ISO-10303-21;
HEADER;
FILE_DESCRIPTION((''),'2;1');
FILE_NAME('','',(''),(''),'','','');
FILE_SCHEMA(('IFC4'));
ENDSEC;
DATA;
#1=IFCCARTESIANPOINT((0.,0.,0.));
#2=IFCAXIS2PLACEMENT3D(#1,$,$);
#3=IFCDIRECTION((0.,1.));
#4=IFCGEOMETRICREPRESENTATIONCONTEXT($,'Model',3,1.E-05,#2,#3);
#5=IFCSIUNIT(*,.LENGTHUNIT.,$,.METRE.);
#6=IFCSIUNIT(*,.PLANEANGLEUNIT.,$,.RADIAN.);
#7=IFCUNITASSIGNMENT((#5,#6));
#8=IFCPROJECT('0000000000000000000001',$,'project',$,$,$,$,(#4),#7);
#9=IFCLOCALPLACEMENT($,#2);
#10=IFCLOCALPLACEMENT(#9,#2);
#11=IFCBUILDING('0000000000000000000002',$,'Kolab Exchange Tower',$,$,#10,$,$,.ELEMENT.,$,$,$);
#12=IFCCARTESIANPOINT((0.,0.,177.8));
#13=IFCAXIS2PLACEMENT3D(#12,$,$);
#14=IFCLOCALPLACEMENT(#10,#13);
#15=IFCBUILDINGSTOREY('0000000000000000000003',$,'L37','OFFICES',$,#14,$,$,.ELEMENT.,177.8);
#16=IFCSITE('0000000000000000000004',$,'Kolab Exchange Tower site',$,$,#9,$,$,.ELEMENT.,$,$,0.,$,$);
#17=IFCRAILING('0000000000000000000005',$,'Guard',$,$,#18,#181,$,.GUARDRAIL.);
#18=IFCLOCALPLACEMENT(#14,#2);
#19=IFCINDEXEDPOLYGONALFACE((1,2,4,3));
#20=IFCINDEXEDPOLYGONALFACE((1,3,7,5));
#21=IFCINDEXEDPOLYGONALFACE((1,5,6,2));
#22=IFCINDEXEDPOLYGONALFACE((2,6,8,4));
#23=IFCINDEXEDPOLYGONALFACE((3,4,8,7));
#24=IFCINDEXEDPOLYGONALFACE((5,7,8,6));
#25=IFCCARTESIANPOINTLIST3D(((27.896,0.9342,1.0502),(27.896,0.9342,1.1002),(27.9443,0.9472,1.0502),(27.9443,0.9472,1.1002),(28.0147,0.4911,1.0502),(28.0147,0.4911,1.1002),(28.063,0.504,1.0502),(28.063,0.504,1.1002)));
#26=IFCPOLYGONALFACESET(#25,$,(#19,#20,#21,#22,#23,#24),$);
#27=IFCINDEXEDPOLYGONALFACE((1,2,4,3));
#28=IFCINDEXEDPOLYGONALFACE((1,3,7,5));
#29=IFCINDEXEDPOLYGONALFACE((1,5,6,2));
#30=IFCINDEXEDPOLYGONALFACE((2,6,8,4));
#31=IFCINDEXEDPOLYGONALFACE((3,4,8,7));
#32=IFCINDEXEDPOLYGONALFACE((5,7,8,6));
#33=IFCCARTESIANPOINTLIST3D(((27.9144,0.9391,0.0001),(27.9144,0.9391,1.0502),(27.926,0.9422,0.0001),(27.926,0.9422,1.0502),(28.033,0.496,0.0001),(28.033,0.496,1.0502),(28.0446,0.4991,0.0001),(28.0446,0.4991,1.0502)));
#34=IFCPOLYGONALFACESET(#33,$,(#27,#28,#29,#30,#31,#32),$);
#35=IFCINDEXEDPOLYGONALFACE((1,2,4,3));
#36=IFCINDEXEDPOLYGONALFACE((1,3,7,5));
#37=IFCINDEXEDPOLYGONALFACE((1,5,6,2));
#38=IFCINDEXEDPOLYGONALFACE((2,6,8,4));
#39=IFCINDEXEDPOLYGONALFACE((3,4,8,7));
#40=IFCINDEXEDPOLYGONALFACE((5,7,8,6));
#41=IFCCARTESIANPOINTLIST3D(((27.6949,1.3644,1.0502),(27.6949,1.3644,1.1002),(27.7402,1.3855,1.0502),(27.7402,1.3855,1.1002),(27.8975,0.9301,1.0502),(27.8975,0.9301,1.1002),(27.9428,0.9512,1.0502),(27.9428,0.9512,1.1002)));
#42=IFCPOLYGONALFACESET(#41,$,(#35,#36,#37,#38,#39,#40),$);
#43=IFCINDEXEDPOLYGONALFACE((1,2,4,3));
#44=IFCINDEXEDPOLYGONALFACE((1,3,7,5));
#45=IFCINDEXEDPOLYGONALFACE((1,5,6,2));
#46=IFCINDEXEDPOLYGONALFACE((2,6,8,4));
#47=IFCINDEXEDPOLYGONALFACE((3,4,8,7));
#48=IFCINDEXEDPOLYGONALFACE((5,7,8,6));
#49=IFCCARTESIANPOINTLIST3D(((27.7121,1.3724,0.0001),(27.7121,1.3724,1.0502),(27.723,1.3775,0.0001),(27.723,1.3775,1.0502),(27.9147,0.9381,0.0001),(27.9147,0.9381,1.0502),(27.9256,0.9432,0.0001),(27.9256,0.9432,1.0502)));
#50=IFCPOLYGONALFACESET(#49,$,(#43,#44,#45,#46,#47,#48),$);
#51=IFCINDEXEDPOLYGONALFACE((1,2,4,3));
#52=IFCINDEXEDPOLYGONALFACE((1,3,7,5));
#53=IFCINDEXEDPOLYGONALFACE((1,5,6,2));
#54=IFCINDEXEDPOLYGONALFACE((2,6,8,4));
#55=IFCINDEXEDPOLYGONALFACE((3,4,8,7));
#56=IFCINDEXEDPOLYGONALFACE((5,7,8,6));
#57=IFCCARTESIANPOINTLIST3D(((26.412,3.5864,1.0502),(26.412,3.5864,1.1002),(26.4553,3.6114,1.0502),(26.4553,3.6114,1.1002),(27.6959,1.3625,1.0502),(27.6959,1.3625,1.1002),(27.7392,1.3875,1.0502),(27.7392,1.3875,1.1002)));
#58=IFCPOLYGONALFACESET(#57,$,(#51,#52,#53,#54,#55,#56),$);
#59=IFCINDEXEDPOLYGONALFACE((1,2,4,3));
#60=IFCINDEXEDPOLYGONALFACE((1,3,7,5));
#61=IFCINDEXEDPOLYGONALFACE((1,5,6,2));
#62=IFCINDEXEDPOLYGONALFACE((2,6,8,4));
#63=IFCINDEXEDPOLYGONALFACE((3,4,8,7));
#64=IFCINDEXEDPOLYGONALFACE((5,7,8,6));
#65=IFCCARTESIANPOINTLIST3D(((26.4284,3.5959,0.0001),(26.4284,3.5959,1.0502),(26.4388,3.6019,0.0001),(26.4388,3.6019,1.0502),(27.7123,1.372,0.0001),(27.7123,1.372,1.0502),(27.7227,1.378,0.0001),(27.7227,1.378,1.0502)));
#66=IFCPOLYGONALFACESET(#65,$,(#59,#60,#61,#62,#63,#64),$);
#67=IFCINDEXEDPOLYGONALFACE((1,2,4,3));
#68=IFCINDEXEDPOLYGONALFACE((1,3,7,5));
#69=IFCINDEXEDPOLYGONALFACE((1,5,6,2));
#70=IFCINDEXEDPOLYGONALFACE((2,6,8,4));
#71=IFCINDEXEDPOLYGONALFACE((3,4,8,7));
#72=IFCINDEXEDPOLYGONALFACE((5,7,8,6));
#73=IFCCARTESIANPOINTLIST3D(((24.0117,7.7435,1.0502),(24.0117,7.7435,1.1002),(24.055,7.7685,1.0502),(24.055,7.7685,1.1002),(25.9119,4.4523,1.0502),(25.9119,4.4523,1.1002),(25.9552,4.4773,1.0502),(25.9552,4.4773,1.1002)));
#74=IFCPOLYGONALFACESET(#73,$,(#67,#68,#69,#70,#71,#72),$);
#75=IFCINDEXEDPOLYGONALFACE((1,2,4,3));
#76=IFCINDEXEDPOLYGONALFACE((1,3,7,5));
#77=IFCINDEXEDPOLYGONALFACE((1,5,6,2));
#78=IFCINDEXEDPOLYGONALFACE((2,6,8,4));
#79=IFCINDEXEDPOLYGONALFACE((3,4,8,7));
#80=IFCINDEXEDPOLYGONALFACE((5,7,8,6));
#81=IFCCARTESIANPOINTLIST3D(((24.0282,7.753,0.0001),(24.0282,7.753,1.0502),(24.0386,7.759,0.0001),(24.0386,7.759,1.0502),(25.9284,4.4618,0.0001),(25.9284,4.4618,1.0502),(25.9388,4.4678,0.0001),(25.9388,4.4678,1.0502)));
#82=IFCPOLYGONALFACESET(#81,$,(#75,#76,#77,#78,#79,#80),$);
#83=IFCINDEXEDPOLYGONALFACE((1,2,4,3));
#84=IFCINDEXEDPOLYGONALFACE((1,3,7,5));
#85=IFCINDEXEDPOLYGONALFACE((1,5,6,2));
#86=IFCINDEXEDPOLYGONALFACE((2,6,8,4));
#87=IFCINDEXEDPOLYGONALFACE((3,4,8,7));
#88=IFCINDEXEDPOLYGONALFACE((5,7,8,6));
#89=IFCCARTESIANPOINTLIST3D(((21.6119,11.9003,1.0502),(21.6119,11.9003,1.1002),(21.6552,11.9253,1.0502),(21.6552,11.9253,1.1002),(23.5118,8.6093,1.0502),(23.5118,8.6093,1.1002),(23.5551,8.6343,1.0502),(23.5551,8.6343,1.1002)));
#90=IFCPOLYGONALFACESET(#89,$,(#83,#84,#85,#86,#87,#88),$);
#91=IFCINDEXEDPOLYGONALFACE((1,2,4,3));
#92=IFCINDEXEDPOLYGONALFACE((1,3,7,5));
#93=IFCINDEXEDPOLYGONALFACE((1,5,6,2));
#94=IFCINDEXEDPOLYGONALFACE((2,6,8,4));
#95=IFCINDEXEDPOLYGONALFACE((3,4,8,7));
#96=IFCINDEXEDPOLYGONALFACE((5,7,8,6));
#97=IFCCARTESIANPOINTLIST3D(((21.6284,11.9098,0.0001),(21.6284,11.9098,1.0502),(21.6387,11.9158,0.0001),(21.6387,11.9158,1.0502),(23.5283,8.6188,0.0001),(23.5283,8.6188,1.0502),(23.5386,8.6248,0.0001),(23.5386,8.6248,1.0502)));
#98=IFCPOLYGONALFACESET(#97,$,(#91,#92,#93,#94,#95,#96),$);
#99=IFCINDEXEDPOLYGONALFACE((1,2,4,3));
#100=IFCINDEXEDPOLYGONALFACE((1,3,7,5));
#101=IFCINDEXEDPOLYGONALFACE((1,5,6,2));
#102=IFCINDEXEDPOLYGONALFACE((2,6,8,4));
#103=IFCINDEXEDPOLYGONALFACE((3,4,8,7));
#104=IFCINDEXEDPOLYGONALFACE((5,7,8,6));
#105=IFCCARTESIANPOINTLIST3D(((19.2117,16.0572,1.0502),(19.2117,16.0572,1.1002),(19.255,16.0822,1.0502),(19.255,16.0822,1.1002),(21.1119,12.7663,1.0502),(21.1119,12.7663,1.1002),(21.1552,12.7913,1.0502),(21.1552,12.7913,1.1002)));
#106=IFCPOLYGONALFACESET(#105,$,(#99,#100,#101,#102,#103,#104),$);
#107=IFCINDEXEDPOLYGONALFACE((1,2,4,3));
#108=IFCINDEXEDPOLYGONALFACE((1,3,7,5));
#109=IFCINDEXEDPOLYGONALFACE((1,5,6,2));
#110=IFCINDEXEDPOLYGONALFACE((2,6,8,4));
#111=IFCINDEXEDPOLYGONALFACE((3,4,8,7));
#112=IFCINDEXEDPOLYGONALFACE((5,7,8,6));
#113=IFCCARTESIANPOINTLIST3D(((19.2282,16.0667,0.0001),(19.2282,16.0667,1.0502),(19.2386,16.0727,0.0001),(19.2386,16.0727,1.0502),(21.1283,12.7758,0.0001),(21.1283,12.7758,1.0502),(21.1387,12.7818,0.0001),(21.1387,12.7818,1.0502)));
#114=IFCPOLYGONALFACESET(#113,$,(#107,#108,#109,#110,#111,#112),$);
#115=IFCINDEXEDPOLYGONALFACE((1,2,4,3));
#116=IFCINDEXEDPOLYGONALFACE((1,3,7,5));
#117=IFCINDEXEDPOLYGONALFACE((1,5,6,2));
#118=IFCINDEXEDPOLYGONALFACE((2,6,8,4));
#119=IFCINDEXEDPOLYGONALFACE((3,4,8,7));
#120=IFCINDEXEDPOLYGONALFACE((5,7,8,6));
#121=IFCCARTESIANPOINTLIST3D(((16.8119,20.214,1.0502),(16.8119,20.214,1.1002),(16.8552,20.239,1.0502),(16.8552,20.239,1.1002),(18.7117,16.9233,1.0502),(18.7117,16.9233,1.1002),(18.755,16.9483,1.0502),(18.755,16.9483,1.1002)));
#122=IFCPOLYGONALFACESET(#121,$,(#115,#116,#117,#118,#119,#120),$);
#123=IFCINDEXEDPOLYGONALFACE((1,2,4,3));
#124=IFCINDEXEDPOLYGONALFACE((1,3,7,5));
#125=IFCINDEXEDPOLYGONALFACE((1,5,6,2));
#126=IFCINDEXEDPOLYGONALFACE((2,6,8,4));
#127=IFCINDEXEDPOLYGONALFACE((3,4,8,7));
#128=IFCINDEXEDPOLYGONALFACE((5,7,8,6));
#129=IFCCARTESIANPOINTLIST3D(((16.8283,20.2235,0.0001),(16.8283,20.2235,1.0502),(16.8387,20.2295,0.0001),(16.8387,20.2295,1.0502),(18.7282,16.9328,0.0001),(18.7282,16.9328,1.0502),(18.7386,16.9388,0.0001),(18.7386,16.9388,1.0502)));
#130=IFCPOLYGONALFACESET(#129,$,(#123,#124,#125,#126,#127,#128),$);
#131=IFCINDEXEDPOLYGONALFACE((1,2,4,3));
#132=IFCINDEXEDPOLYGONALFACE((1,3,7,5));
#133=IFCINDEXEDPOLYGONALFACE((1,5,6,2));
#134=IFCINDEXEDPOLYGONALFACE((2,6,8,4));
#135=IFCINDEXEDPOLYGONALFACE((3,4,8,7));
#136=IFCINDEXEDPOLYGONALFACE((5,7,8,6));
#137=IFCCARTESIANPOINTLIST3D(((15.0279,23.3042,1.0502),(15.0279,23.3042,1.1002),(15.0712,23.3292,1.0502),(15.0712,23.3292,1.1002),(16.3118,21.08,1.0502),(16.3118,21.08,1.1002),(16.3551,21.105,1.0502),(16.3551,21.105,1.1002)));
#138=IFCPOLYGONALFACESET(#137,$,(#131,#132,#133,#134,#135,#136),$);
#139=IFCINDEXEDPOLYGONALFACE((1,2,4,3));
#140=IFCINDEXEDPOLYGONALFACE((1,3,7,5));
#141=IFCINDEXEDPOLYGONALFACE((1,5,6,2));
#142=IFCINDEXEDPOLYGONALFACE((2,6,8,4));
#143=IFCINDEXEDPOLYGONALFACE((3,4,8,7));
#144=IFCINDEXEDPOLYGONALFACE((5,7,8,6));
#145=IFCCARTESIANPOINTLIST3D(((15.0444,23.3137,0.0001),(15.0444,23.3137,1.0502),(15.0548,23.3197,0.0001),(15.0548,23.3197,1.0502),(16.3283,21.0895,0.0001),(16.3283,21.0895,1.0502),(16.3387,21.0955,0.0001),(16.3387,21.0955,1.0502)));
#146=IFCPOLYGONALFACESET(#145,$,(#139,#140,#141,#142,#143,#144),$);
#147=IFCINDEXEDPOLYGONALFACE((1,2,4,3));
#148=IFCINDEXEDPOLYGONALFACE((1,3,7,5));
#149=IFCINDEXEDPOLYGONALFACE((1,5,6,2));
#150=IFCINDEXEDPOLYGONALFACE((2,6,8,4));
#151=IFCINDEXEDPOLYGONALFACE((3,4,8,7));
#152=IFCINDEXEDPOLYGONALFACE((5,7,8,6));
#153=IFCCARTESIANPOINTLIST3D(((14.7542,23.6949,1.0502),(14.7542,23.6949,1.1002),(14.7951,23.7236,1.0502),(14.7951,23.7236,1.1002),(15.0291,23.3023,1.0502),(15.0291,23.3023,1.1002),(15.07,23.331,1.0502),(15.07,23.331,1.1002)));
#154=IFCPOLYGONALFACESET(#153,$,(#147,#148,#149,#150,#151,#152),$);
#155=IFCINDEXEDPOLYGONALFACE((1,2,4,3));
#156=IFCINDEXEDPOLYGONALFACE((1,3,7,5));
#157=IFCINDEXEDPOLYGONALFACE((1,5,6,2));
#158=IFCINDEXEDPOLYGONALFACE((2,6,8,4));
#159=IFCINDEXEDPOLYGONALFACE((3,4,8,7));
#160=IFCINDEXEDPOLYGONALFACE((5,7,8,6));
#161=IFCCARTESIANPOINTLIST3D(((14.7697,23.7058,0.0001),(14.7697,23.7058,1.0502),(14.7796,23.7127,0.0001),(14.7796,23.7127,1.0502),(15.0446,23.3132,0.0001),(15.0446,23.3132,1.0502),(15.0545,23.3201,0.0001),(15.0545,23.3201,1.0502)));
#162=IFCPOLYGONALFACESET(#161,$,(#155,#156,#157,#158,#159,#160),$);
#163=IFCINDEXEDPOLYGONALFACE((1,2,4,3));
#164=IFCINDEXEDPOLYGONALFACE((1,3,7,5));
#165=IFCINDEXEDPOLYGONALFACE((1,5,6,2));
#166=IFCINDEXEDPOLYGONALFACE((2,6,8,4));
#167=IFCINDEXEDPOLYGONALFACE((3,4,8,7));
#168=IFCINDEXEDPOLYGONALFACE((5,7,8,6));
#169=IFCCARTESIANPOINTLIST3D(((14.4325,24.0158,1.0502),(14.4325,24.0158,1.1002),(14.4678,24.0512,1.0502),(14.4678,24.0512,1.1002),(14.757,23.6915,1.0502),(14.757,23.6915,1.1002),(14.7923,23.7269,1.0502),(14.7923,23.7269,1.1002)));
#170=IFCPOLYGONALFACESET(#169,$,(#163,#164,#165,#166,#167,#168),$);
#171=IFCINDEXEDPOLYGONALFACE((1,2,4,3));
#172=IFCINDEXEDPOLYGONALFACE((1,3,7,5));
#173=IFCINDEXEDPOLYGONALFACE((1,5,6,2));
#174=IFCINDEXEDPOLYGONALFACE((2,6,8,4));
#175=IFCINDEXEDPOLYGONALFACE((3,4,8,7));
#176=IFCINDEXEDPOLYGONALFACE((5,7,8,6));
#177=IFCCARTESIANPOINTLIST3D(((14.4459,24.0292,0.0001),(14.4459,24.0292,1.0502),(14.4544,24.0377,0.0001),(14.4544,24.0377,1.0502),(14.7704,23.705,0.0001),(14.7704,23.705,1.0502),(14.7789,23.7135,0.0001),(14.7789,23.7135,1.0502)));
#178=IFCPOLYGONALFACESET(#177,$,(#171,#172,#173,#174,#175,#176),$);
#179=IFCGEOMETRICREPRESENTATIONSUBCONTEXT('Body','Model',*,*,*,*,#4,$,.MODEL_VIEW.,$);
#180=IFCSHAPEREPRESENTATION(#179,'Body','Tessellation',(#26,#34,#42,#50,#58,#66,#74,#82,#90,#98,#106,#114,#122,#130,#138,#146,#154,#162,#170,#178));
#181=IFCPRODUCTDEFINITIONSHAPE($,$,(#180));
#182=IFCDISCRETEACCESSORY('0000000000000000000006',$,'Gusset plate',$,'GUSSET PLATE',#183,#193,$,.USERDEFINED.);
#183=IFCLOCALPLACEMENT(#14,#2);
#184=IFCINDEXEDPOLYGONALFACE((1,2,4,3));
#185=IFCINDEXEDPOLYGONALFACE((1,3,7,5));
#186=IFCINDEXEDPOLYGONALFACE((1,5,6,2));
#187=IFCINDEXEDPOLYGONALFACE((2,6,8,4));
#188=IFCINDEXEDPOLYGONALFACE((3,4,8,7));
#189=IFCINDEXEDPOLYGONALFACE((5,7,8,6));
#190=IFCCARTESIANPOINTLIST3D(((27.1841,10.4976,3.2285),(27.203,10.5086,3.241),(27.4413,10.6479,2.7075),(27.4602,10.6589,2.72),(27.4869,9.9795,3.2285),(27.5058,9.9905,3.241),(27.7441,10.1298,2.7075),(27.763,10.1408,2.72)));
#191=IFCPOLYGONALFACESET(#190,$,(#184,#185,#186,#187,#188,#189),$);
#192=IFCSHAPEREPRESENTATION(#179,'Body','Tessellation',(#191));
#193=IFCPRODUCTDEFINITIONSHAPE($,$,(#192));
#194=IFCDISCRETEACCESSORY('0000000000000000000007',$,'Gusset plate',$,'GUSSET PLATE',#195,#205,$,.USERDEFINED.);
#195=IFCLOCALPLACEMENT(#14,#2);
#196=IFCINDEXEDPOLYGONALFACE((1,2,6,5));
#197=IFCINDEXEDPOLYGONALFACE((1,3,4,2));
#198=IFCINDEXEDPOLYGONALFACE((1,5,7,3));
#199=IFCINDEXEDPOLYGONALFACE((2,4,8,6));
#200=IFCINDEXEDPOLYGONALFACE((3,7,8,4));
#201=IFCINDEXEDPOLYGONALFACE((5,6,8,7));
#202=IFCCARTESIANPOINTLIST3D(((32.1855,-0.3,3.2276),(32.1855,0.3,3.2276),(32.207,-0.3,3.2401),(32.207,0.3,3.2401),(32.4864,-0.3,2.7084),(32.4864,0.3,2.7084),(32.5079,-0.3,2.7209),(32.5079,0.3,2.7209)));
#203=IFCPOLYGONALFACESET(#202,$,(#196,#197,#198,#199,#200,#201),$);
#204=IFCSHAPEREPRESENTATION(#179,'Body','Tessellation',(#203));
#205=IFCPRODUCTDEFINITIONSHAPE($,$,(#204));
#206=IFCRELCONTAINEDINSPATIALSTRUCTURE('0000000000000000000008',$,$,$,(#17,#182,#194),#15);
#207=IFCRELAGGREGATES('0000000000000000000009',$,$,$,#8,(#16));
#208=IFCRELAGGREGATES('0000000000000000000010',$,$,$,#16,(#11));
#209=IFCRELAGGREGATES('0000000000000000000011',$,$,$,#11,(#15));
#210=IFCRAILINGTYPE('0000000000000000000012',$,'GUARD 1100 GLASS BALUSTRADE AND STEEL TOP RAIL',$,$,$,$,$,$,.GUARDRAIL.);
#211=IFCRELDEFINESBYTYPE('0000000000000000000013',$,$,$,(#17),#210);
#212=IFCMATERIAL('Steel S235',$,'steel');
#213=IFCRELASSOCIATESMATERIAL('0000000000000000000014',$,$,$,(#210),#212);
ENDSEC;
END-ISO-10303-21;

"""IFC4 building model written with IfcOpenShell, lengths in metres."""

from ifc_helpers import new_model, si_unit, direction, frame, frame_2d, origin, origin_2d, place, context, subcontext, project, spatial, rectangle, extrude, material, type_object, element, save


model = new_model("IFC4")

# Units and contexts
model_context = context("Model", 3, precision=1e-05, world=origin(), true_north=direction((0.0, 1.0)))
body_context = subcontext(model_context, "Body", "Model", "MODEL_VIEW")
ifc_project = project(units=[si_unit("LENGTHUNIT", "METRE"), si_unit("PLANEANGLEUNIT", "RADIAN")], contexts=[model_context])

# Site, building, storey
site_placement = place(None, origin())
site = spatial("IfcSite", under=ifc_project, at=site_placement, Name="Kolab Exchange Tower site", CompositionType="ELEMENT", RefElevation=0.0)
building_placement = place(site_placement, origin())
building = spatial("IfcBuilding", under=site, at=building_placement, Name="Kolab Exchange Tower", CompositionType="ELEMENT")
storey_placement = place(building_placement, frame((0.0, 0.0, 177.8)))
storey = spatial("IfcBuildingStorey", under=building, at=storey_placement, Name="L37", Description="OFFICES", CompositionType="ELEMENT", Elevation=177.8)

# Railing
ifc_material_1 = material(Name="Steel S235", Category="steel")
railing_type = type_object("IfcRailingType", Name="GUARD 1100 GLASS BALUSTRADE AND STEEL TOP RAIL", PredefinedType="GUARDRAIL", material=ifc_material_1)
railing_placement = place(storey_placement, frame((28.0388, 0.4976, 0.0)))
element("IfcRailing", 1, at=railing_placement, inside=storey, type_object=railing_type, Name="Guard", PredefinedType="GUARDRAIL", context=body_context, shape_type="SweptSolid", body=[
    extrude(rectangle(XDim=0.05, YDim=0.05, at=origin_2d()), frame((0.0, 0.0, 1.0752), z_axis=(-0.258656, 0.965969, 0.0), x_axis=(-0.965969, -0.258656, 0.0)), (0.0, 0.0, 1.0), 0.4587),
    extrude(rectangle(XDim=0.012, YDim=1.0501, at=frame_2d((0.0, 0.5251))), frame((0.0, 0.0, 0.0), z_axis=(-0.258656, 0.965969, 0.0), x_axis=(-0.965969, -0.258656, 0.0)), (0.0, 0.0, 1.0), 0.4587),
    extrude(rectangle(XDim=0.05, YDim=0.05, at=origin_2d()), frame((-0.1187, 0.4431, 1.0752), z_axis=(-0.422802, 0.906222, 0.0), x_axis=(-0.906222, -0.422802, 0.0)), (0.0, 0.0, 1.0), 0.4792),
    extrude(rectangle(XDim=0.012, YDim=1.0501, at=frame_2d((0.0, 0.5251))), frame((-0.1187, 0.4431, 0.0), z_axis=(-0.422802, 0.906222, 0.0), x_axis=(-0.906222, -0.422802, 0.0)), (0.0, 0.0, 1.0), 0.4792),
    extrude(rectangle(XDim=0.05, YDim=0.05, at=origin_2d()), frame((-0.3213, 0.8774, 1.0752), z_axis=(-0.499994, 0.866029, 0.0), x_axis=(-0.866029, -0.499994, 0.0)), (0.0, 0.0, 1.0), 2.5679),
    extrude(rectangle(XDim=0.012, YDim=1.0501, at=frame_2d((0.0, 0.5251))), frame((-0.3213, 0.8774, 0.0), z_axis=(-0.499994, 0.866029, 0.0), x_axis=(-0.866029, -0.499994, 0.0)), (0.0, 0.0, 1.0), 2.5679),
    extrude(rectangle(XDim=0.05, YDim=0.05, at=origin_2d()), frame((-2.1052, 3.9673, 1.0752), z_axis=(-0.500015, 0.866017, 0.0), x_axis=(-0.866017, -0.500015, 0.0)), (0.0, 0.0, 1.0), 3.8003),
    extrude(rectangle(XDim=0.012, YDim=1.0501, at=frame_2d((0.0, 0.5251))), frame((-2.1052, 3.9673, 0.0), z_axis=(-0.500015, 0.866017, 0.0), x_axis=(-0.866017, -0.500015, 0.0)), (0.0, 0.0, 1.0), 3.8003),
    extrude(rectangle(XDim=0.05, YDim=0.05, at=origin_2d()), frame((-4.5054, 8.1243, 1.0752), z_axis=(-0.499967, 0.866044, 0.0), x_axis=(-0.866044, -0.499967, 0.0)), (0.0, 0.0, 1.0), 3.8),
    extrude(rectangle(XDim=0.012, YDim=1.0501, at=frame_2d((0.0, 0.5251))), frame((-4.5054, 8.1243, 0.0), z_axis=(-0.499967, 0.866044, 0.0), x_axis=(-0.866044, -0.499967, 0.0)), (0.0, 0.0, 1.0), 3.8),
    extrude(rectangle(XDim=0.05, YDim=0.05, at=origin_2d()), frame((-6.9053, 12.2812, 1.0752), z_axis=(-0.500043, 0.866, 0.0), x_axis=(-0.866, -0.500043, 0.0)), (0.0, 0.0, 1.0), 3.8),
    extrude(rectangle(XDim=0.012, YDim=1.0501, at=frame_2d((0.0, 0.5251))), frame((-6.9053, 12.2812, 0.0), z_axis=(-0.500043, 0.866, 0.0), x_axis=(-0.866, -0.500043, 0.0)), (0.0, 0.0, 1.0), 3.8),
    extrude(rectangle(XDim=0.05, YDim=0.05, at=origin_2d()), frame((-9.3054, 16.4382, 1.0752), z_axis=(-0.499995, 0.866028, 0.0), x_axis=(-0.866028, -0.499995, 0.0)), (0.0, 0.0, 1.0), 3.7998),
    extrude(rectangle(XDim=0.012, YDim=1.0501, at=frame_2d((0.0, 0.5251))), frame((-9.3054, 16.4382, 0.0), z_axis=(-0.499995, 0.866028, 0.0), x_axis=(-0.866028, -0.499995, 0.0)), (0.0, 0.0, 1.0), 3.7998),
    extrude(rectangle(XDim=0.05, YDim=0.05, at=origin_2d()), frame((-11.7053, 20.595, 1.0752), z_axis=(-0.499953, 0.866053, 0.0), x_axis=(-0.866053, -0.499953, 0.0)), (0.0, 0.0, 1.0), 2.5681),
    extrude(rectangle(XDim=0.012, YDim=1.0501, at=frame_2d((0.0, 0.5251))), frame((-11.7053, 20.595, 0.0), z_axis=(-0.499953, 0.866053, 0.0), x_axis=(-0.866053, -0.499953, 0.0)), (0.0, 0.0, 1.0), 2.5681),
    extrude(rectangle(XDim=0.05, YDim=0.05, at=origin_2d()), frame((-12.9893, 22.8191, 1.0752), z_axis=(-0.573599, 0.819136, 0.0), x_axis=(-0.819136, -0.573599, 0.0)), (0.0, 0.0, 1.0), 0.4792),
    extrude(rectangle(XDim=0.012, YDim=1.0501, at=frame_2d((0.0, 0.5251))), frame((-12.9893, 22.8191, 0.0), z_axis=(-0.573599, 0.819136, 0.0), x_axis=(-0.819136, -0.573599, 0.0)), (0.0, 0.0, 1.0), 0.4792),
    extrude(rectangle(XDim=0.05, YDim=0.05, at=origin_2d()), frame((-13.2642, 23.2117, 1.0752), z_axis=(-0.707373, 0.706841, 0.0), x_axis=(-0.706841, -0.707373, 0.0)), (0.0, 0.0, 1.0), 0.4587),
    extrude(rectangle(XDim=0.012, YDim=1.0501, at=frame_2d((0.0, 0.5251))), frame((-13.2642, 23.2117, 0.0), z_axis=(-0.707373, 0.706841, 0.0), x_axis=(-0.706841, -0.707373, 0.0)), (0.0, 0.0, 1.0), 0.4587),
])

# Discrete accessories
discrete_accessory_1_placement = place(storey_placement, frame((27.4641, 10.3137, 2.968), z_axis=(0.749483, 0.438009, 0.496411), x_axis=(-0.504568, 0.863372, 0.0)))
element("IfcDiscreteAccessory", 2, at=discrete_accessory_1_placement, inside=storey, Name="Gusset plate", ObjectType="GUSSET PLATE", PredefinedType="USERDEFINED", context=body_context, shape_type="SweptSolid", body=[
    extrude(rectangle(XDim=0.6001, YDim=0.6001, at=origin_2d()), origin(), (0.0, 0.0, 1.0), 0.0251),
])
discrete_accessory_2_placement = place(storey_placement, frame((32.3359, 0.0, 2.968), z_axis=(0.865202, 0.0, 0.501424), x_axis=(0.0, 1.0, 0.0)))
element("IfcDiscreteAccessory", 3, at=discrete_accessory_2_placement, inside=storey, Name="Gusset plate", ObjectType="GUSSET PLATE", PredefinedType="USERDEFINED", context=body_context, shape_type="SweptSolid", body=[
    extrude(rectangle(XDim=0.6001, YDim=0.6001, at=origin_2d()), origin(), (0.0, 0.0, 1.0), 0.0249),
])

save(model, "model.ifc")
